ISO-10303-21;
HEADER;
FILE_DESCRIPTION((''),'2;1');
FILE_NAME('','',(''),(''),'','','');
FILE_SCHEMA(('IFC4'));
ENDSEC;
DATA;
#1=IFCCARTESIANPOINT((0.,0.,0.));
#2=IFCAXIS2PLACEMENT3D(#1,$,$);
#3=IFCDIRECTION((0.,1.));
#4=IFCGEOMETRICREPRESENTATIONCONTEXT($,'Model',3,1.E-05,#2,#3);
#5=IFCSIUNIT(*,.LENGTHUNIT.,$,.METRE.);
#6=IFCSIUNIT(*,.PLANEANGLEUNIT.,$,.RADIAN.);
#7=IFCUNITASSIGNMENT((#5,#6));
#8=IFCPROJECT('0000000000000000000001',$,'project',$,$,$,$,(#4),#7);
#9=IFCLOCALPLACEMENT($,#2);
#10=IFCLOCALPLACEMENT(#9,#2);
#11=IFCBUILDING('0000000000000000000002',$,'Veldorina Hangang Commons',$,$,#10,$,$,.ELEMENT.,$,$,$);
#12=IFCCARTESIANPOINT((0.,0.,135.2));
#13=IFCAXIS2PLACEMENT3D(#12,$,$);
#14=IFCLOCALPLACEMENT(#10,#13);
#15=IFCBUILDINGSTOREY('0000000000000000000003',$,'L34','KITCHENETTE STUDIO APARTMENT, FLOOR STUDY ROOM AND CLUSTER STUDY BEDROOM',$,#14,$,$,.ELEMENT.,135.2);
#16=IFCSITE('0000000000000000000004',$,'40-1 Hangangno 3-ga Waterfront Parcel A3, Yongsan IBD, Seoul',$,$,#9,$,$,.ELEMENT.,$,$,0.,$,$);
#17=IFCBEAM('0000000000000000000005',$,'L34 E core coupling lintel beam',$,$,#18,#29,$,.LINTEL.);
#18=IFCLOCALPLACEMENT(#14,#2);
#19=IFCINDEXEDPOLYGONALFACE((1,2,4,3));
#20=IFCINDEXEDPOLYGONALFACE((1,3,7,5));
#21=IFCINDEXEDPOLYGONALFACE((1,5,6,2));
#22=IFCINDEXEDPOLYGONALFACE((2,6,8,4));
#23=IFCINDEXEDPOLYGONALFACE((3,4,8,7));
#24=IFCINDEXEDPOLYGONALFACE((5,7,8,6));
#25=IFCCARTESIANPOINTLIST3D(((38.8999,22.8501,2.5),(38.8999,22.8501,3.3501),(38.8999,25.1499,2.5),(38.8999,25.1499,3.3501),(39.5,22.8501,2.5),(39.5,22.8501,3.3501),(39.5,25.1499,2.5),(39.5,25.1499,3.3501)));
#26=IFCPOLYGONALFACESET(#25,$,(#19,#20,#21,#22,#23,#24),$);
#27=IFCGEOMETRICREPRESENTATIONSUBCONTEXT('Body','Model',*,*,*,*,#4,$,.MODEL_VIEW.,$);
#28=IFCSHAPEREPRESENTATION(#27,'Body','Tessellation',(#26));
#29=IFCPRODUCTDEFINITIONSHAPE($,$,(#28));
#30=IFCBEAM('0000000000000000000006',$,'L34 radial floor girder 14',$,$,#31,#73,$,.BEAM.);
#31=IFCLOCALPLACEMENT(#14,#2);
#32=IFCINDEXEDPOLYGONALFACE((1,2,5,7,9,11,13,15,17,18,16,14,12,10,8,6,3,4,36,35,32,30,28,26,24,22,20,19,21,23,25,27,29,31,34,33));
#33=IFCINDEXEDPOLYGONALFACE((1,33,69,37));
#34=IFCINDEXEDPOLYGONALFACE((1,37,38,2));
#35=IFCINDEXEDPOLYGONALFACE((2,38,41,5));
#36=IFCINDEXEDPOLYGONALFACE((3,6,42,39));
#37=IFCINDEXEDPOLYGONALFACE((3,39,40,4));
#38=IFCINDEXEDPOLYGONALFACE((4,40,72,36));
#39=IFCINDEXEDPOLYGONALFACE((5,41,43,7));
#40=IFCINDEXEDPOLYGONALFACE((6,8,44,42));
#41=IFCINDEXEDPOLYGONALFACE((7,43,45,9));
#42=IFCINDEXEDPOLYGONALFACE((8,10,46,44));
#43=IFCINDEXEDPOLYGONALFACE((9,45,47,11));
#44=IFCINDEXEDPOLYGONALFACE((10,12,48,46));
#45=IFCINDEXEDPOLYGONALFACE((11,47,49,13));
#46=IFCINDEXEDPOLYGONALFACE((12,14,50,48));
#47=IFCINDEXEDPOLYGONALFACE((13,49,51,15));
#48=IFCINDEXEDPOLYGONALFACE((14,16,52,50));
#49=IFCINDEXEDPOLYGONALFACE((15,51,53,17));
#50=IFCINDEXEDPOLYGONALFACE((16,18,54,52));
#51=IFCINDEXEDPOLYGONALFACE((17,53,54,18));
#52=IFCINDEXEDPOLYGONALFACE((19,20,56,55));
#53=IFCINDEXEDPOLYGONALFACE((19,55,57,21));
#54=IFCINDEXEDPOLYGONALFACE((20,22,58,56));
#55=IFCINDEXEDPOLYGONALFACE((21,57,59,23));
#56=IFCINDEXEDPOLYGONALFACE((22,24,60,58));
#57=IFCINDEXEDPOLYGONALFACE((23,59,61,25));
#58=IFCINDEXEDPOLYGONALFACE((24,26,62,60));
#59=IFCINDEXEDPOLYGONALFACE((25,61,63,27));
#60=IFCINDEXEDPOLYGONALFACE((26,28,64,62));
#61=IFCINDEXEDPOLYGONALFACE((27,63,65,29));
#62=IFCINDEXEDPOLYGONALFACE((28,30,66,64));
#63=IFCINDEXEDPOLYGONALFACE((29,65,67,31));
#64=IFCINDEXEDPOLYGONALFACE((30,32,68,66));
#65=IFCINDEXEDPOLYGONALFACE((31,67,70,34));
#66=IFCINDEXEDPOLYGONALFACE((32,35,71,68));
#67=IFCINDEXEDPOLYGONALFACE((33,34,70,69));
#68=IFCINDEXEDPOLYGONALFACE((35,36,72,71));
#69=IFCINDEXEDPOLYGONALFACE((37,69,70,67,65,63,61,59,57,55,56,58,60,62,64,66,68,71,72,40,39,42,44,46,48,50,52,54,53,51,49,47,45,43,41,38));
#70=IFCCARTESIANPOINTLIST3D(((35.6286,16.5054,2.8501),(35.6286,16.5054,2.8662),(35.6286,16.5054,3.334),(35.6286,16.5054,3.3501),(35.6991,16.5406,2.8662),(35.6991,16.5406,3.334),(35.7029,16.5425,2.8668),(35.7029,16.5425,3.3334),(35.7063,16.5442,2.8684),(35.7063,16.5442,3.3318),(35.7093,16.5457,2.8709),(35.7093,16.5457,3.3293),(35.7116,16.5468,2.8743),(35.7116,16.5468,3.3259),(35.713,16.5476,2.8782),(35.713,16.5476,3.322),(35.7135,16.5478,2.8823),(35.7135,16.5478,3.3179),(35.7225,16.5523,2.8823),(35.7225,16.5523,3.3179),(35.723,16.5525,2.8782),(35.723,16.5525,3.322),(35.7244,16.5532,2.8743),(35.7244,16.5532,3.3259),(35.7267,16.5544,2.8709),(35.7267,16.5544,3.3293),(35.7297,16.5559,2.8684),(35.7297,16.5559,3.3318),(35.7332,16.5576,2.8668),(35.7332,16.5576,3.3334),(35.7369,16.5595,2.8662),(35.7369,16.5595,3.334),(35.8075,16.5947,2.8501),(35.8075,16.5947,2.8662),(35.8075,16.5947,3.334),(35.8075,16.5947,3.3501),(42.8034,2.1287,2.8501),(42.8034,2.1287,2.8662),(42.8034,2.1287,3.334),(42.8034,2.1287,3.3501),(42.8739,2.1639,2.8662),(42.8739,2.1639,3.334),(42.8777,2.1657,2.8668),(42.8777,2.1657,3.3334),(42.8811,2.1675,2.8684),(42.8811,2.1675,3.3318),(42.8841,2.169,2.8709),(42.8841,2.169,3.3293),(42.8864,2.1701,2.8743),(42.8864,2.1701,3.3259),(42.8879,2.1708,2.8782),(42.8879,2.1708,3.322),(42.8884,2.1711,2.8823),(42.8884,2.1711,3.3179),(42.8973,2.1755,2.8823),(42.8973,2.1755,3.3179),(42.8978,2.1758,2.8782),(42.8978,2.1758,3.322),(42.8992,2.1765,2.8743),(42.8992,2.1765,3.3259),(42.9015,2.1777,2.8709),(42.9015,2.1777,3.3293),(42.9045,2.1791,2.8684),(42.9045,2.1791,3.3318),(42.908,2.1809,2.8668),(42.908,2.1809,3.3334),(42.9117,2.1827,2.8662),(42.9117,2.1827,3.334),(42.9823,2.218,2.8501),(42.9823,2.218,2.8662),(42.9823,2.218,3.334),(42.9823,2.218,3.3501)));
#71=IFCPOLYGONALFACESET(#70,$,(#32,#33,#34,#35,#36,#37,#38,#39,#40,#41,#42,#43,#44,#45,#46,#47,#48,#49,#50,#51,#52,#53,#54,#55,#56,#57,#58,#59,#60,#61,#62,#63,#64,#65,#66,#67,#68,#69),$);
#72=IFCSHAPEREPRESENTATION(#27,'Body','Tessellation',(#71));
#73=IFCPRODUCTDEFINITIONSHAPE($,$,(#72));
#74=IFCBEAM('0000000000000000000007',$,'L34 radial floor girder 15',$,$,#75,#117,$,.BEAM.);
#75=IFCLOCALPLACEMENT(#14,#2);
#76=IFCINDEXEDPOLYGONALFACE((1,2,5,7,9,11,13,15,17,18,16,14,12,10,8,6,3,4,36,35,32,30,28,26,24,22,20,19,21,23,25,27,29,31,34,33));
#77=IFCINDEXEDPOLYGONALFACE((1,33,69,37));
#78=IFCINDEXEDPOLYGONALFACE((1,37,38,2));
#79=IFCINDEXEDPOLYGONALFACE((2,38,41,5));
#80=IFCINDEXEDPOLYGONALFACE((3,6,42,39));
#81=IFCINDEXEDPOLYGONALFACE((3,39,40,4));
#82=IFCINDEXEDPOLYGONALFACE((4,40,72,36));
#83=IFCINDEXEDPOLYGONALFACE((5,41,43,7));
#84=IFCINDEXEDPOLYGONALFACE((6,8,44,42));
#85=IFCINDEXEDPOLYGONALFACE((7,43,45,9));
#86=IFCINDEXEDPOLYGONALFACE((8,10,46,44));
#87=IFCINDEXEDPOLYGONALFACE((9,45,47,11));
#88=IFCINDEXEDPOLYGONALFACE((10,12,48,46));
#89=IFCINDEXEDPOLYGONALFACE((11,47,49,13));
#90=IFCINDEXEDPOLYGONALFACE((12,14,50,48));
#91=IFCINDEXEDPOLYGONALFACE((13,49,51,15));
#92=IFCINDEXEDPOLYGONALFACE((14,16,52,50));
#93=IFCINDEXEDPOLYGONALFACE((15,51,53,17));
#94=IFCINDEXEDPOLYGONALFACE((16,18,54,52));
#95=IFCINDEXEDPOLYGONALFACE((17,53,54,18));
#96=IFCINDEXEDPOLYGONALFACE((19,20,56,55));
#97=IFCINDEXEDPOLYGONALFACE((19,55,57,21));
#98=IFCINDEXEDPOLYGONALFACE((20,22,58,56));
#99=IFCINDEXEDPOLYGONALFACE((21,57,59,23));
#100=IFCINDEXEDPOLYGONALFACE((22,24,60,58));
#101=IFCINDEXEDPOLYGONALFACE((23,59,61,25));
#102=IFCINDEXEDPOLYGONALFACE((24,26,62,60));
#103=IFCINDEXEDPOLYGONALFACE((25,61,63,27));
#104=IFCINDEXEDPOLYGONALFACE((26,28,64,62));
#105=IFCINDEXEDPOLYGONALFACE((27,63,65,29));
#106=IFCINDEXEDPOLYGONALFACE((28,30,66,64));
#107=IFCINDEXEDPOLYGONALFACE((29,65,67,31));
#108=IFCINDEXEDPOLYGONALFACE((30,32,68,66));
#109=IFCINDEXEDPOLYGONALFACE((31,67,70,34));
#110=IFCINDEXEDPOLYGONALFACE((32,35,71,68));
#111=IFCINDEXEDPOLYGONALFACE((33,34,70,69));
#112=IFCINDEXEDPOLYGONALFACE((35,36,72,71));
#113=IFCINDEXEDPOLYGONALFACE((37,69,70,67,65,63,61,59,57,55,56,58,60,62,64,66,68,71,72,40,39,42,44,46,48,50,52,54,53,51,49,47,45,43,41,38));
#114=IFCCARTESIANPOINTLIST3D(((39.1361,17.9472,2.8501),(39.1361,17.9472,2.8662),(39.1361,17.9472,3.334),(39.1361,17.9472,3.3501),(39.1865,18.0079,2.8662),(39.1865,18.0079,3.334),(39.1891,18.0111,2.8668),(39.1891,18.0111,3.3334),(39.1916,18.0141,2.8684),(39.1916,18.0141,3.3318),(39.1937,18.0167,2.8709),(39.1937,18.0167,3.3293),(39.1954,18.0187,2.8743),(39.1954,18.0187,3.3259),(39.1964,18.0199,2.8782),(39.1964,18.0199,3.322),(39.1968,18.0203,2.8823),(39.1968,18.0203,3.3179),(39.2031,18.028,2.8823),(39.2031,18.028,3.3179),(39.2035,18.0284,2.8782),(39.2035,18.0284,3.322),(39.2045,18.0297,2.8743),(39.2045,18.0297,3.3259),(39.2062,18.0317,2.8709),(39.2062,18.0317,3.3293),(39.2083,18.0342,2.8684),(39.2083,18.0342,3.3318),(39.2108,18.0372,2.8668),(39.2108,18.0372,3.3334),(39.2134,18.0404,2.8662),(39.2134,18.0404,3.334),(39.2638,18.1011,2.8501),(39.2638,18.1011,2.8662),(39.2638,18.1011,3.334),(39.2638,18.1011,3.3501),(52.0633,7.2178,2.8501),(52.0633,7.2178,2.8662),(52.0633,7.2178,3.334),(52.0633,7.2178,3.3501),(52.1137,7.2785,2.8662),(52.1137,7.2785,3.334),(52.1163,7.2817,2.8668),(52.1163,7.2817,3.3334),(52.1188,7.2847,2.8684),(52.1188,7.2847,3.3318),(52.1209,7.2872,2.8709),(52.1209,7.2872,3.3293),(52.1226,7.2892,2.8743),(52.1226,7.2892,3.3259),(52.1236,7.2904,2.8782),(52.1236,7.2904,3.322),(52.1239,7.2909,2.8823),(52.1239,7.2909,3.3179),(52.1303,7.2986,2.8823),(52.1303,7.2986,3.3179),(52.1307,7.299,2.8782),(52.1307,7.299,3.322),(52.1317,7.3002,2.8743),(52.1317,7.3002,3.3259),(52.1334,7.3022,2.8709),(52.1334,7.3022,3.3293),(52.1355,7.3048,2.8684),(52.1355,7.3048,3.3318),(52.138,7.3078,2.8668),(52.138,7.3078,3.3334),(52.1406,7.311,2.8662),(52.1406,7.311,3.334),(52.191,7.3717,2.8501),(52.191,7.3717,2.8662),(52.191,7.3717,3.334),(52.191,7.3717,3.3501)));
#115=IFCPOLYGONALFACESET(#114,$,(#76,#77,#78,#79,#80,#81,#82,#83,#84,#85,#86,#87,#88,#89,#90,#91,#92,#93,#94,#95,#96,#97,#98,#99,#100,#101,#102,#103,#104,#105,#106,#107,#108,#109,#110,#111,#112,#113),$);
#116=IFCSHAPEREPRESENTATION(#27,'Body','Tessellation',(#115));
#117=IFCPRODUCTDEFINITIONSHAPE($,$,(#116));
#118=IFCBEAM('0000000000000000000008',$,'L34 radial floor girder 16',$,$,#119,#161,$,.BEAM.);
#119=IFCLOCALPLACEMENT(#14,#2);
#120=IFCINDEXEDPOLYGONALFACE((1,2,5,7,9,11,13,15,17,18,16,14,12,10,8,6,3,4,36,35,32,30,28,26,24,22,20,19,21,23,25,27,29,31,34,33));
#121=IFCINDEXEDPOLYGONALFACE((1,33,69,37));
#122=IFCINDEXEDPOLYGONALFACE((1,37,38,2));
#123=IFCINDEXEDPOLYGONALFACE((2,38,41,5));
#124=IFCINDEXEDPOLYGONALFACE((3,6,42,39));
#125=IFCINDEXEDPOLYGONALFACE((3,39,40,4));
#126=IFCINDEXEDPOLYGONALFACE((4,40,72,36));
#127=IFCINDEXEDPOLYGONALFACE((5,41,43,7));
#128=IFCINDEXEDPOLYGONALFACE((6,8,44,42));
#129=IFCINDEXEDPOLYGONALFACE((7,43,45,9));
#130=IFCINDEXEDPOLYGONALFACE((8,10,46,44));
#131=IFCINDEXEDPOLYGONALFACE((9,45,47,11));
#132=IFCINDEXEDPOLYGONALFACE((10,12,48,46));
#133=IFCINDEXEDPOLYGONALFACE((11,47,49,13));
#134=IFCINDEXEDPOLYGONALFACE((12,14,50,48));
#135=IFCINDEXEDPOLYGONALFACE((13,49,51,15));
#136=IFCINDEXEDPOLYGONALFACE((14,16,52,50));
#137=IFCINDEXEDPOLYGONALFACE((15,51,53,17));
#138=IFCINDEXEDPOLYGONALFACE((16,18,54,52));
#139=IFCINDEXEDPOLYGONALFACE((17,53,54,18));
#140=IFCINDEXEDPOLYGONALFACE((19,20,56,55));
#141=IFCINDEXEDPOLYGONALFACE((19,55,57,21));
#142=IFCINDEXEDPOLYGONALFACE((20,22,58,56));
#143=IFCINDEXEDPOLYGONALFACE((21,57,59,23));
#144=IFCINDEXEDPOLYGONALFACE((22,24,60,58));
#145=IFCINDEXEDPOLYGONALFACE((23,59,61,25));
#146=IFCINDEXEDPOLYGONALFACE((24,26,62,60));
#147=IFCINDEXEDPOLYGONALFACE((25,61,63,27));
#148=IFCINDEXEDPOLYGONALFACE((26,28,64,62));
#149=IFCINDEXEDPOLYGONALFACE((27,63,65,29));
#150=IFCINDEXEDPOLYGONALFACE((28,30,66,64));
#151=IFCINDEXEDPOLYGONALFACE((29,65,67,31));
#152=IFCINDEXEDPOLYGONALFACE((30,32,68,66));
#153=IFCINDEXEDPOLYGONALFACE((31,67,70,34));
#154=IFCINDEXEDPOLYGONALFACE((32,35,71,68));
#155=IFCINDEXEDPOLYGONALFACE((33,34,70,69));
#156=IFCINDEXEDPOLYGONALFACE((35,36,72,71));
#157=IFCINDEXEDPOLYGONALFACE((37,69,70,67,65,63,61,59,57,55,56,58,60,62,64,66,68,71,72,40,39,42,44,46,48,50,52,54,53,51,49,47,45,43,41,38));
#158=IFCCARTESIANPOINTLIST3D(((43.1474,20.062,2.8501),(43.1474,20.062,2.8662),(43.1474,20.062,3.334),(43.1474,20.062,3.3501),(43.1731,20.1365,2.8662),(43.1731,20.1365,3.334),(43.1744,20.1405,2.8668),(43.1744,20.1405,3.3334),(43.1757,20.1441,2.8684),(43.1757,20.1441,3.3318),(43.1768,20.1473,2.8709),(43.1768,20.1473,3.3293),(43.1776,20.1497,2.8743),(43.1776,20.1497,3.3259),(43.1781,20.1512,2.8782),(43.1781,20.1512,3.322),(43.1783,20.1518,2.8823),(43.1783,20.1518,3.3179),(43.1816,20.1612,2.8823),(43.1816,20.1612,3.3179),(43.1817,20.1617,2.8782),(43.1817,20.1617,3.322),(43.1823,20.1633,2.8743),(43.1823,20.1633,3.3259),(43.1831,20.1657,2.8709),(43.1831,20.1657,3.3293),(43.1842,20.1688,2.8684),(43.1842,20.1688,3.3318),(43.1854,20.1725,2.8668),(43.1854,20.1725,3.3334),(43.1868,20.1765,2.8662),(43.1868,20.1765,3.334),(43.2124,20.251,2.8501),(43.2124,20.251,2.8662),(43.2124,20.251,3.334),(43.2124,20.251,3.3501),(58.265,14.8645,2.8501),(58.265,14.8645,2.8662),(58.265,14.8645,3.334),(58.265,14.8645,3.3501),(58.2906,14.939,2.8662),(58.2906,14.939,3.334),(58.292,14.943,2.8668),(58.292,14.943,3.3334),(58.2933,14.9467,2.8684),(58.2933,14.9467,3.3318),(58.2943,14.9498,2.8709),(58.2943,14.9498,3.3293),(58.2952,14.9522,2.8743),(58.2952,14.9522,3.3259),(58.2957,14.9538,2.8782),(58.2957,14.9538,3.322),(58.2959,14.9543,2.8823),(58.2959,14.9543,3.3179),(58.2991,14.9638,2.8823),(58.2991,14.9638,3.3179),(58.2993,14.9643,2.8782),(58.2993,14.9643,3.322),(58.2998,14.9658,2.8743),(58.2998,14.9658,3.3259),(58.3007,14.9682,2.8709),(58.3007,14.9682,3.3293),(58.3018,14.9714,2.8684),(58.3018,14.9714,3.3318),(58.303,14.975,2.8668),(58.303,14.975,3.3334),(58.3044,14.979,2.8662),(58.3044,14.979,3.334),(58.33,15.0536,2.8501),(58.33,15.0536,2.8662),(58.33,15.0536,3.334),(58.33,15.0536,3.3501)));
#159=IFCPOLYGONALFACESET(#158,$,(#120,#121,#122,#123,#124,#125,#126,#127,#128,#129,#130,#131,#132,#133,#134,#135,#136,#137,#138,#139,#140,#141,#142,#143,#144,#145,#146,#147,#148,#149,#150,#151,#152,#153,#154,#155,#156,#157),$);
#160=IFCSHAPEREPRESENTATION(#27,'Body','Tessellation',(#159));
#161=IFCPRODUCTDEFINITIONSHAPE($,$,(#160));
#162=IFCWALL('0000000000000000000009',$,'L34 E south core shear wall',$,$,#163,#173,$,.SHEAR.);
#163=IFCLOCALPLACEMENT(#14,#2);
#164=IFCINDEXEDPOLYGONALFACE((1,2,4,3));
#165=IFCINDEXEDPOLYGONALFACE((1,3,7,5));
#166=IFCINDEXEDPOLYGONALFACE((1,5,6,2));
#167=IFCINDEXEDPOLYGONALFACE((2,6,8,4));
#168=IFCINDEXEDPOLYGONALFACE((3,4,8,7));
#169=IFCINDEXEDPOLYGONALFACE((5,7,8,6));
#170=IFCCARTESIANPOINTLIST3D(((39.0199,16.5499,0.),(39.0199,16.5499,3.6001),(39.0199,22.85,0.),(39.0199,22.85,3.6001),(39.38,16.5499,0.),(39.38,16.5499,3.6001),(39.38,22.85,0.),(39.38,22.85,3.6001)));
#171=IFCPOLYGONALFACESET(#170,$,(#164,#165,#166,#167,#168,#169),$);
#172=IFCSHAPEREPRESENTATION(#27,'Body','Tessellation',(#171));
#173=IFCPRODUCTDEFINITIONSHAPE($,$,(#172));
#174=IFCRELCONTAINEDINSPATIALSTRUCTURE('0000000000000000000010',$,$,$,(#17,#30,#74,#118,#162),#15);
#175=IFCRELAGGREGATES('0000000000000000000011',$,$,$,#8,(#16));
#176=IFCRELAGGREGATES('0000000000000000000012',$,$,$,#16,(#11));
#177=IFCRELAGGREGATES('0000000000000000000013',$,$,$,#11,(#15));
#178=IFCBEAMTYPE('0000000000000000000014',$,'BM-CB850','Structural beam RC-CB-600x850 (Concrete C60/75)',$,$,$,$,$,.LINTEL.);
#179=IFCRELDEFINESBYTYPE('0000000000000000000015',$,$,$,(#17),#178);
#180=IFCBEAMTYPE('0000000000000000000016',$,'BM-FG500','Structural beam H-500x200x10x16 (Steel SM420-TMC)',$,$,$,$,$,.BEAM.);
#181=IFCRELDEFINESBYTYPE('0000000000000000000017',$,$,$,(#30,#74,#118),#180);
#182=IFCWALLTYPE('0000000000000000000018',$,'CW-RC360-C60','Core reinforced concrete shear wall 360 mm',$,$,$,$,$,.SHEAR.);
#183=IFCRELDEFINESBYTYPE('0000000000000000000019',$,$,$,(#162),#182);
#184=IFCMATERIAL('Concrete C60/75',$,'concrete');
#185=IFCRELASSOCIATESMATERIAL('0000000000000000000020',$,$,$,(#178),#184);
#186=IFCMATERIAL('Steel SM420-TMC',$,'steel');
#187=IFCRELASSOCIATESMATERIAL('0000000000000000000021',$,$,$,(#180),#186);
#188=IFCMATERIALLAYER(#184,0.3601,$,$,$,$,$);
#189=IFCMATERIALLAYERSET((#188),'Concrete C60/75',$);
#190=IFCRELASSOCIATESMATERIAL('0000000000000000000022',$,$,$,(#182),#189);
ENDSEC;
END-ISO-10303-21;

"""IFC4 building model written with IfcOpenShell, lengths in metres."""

from ifc_helpers import new_model, si_unit, direction, frame, frame_2d, origin, origin_2d, place, context, subcontext, project, spatial, rectangle, i_section, extrude, material, layer, layer_set, material_profile, profile_set, type_object, element, save


model = new_model("IFC4")

# Units and contexts
model_context = context("Model", 3, precision=1e-05, world=origin(), true_north=direction((0.0, 1.0)))
body_context = subcontext(model_context, "Body", "Model", "MODEL_VIEW")
ifc_project = project(units=[si_unit("LENGTHUNIT", "METRE"), si_unit("PLANEANGLEUNIT", "RADIAN")], contexts=[model_context])

# Site, building, storey
site_placement = place(None, origin())
site = spatial("IfcSite", under=ifc_project, at=site_placement, Name="40-1 Hangangno 3-ga Waterfront Parcel A3, Yongsan IBD, Seoul", CompositionType="ELEMENT", RefElevation=0.0)
building_placement = place(site_placement, origin())
building = spatial("IfcBuilding", under=site, at=building_placement, Name="Veldorina Hangang Commons", CompositionType="ELEMENT")
storey_placement = place(building_placement, frame((0.0, 0.0, 135.2)))
storey = spatial("IfcBuildingStorey", under=building, at=storey_placement, Name="L34", Description="KITCHENETTE STUDIO APARTMENT, FLOOR STUDY ROOM AND CLUSTER STUDY BEDROOM", CompositionType="ELEMENT", Elevation=135.2)

# Beams
ifc_material_1 = material(Name="Concrete C60/75", Category="concrete")
ifc_material_profile_1 = material_profile(ifc_material_1, rectangle(XDim=0.6001, YDim=0.8501, at=origin_2d()), Name="RC-CB-600x850")
ifc_profile_set_1 = profile_set([ifc_material_profile_1], Name="Concrete C60/75")
beam_type_1 = type_object("IfcBeamType", Name="BM-CB850", Description="Structural beam RC-CB-600x850 (Concrete C60/75)", PredefinedType="LINTEL", material=ifc_profile_set_1)
beam_1_placement = place(storey_placement, frame((39.2, 22.8501, 2.925), z_axis=(0.0, 1.0, 0.0), x_axis=(-1.0, 0.0, 0.0)))
element("IfcBeam", 1, at=beam_1_placement, inside=storey, type_object=beam_type_1, Name="L34 E core coupling lintel beam", PredefinedType="LINTEL", context=body_context, shape_type="SweptSolid", body=[
    extrude(rectangle(XDim=0.6001, YDim=0.8501, at=origin_2d()), origin(), (0.0, 0.0, 1.0), 2.2998),
])
ifc_material_2 = material(Name="Steel SM420-TMC", Category="steel")
ifc_material_profile_2 = material_profile(ifc_material_2, i_section(OverallWidth=0.2, OverallDepth=0.5, WebThickness=0.01, FlangeThickness=0.0161, FilletRadius=0.0161, at=origin_2d()), Name="H-500x200x10x16")
ifc_profile_set_2 = profile_set([ifc_material_profile_2], Name="Steel SM420-TMC")
beam_type_2 = type_object("IfcBeamType", Name="BM-FG500", Description="Structural beam H-500x200x10x16 (Steel SM420-TMC)", PredefinedType="BEAM", material=ifc_profile_set_2)
beam_2_placement = place(storey_placement, frame((35.718, 16.55, 3.1001), z_axis=(0.446539, -0.894764, 0.0), x_axis=(0.894764, 0.446539, 0.0)))
element("IfcBeam", 2, at=beam_2_placement, inside=storey, type_object=beam_type_2, Name="L34 radial floor girder 14", PredefinedType="BEAM", context=body_context, shape_type="SweptSolid", body=[
    extrude(i_section(OverallWidth=0.2, OverallDepth=0.5, WebThickness=0.01, FlangeThickness=0.0161, FilletRadius=0.0161, at=origin_2d()), origin(), (0.0, 0.0, 1.0), 16.0676),
])
beam_3_placement = place(storey_placement, frame((39.2, 18.0242, 3.1001), z_axis=(0.769485, -0.638665, 0.0), x_axis=(0.638665, 0.769485, 0.0)))
element("IfcBeam", 3, at=beam_3_placement, inside=storey, type_object=beam_type_2, Name="L34 radial floor girder 15", PredefinedType="BEAM", context=body_context, shape_type="SweptSolid", body=[
    extrude(i_section(OverallWidth=0.2, OverallDepth=0.5, WebThickness=0.01, FlangeThickness=0.0161, FilletRadius=0.0161, at=origin_2d()), origin(), (0.0, 0.0, 1.0), 16.7998),
])
beam_4_placement = place(storey_placement, frame((43.1799, 20.1565, 3.1001), z_axis=(0.945671, -0.325125, 0.0), x_axis=(0.325125, 0.945671, 0.0)))
element("IfcBeam", 4, at=beam_4_placement, inside=storey, type_object=beam_type_2, Name="L34 radial floor girder 16", PredefinedType="BEAM", context=body_context, shape_type="SweptSolid", body=[
    extrude(i_section(OverallWidth=0.2, OverallDepth=0.5, WebThickness=0.01, FlangeThickness=0.0161, FilletRadius=0.0161, at=origin_2d()), origin(), (0.0, 0.0, 1.0), 15.9861),
])

# Wall
ifc_layer_1 = layer(ifc_material_1, 0.3601)
ifc_layer_set_1 = layer_set([ifc_layer_1], Name="Concrete C60/75")
wall_type_1 = type_object("IfcWallType", Name="CW-RC360-C60", Description="Core reinforced concrete shear wall 360 mm", PredefinedType="SHEAR", material=ifc_layer_set_1)
wall_1_placement = place(storey_placement, frame((39.2, 16.55, 0.0), z_axis=(0.0, 0.0, 1.0), x_axis=(0.0, 1.0, 0.0)))
element("IfcWall", 5, at=wall_1_placement, inside=storey, type_object=wall_type_1, Name="L34 E south core shear wall", PredefinedType="SHEAR", context=body_context, shape_type="SweptSolid", body=[
    extrude(rectangle(XDim=6.3, YDim=0.3601, at=frame_2d((3.1499, 0.0))), origin(), (0.0, 0.0, 1.0), 3.6001),
])

save(model, "model.ifc")
